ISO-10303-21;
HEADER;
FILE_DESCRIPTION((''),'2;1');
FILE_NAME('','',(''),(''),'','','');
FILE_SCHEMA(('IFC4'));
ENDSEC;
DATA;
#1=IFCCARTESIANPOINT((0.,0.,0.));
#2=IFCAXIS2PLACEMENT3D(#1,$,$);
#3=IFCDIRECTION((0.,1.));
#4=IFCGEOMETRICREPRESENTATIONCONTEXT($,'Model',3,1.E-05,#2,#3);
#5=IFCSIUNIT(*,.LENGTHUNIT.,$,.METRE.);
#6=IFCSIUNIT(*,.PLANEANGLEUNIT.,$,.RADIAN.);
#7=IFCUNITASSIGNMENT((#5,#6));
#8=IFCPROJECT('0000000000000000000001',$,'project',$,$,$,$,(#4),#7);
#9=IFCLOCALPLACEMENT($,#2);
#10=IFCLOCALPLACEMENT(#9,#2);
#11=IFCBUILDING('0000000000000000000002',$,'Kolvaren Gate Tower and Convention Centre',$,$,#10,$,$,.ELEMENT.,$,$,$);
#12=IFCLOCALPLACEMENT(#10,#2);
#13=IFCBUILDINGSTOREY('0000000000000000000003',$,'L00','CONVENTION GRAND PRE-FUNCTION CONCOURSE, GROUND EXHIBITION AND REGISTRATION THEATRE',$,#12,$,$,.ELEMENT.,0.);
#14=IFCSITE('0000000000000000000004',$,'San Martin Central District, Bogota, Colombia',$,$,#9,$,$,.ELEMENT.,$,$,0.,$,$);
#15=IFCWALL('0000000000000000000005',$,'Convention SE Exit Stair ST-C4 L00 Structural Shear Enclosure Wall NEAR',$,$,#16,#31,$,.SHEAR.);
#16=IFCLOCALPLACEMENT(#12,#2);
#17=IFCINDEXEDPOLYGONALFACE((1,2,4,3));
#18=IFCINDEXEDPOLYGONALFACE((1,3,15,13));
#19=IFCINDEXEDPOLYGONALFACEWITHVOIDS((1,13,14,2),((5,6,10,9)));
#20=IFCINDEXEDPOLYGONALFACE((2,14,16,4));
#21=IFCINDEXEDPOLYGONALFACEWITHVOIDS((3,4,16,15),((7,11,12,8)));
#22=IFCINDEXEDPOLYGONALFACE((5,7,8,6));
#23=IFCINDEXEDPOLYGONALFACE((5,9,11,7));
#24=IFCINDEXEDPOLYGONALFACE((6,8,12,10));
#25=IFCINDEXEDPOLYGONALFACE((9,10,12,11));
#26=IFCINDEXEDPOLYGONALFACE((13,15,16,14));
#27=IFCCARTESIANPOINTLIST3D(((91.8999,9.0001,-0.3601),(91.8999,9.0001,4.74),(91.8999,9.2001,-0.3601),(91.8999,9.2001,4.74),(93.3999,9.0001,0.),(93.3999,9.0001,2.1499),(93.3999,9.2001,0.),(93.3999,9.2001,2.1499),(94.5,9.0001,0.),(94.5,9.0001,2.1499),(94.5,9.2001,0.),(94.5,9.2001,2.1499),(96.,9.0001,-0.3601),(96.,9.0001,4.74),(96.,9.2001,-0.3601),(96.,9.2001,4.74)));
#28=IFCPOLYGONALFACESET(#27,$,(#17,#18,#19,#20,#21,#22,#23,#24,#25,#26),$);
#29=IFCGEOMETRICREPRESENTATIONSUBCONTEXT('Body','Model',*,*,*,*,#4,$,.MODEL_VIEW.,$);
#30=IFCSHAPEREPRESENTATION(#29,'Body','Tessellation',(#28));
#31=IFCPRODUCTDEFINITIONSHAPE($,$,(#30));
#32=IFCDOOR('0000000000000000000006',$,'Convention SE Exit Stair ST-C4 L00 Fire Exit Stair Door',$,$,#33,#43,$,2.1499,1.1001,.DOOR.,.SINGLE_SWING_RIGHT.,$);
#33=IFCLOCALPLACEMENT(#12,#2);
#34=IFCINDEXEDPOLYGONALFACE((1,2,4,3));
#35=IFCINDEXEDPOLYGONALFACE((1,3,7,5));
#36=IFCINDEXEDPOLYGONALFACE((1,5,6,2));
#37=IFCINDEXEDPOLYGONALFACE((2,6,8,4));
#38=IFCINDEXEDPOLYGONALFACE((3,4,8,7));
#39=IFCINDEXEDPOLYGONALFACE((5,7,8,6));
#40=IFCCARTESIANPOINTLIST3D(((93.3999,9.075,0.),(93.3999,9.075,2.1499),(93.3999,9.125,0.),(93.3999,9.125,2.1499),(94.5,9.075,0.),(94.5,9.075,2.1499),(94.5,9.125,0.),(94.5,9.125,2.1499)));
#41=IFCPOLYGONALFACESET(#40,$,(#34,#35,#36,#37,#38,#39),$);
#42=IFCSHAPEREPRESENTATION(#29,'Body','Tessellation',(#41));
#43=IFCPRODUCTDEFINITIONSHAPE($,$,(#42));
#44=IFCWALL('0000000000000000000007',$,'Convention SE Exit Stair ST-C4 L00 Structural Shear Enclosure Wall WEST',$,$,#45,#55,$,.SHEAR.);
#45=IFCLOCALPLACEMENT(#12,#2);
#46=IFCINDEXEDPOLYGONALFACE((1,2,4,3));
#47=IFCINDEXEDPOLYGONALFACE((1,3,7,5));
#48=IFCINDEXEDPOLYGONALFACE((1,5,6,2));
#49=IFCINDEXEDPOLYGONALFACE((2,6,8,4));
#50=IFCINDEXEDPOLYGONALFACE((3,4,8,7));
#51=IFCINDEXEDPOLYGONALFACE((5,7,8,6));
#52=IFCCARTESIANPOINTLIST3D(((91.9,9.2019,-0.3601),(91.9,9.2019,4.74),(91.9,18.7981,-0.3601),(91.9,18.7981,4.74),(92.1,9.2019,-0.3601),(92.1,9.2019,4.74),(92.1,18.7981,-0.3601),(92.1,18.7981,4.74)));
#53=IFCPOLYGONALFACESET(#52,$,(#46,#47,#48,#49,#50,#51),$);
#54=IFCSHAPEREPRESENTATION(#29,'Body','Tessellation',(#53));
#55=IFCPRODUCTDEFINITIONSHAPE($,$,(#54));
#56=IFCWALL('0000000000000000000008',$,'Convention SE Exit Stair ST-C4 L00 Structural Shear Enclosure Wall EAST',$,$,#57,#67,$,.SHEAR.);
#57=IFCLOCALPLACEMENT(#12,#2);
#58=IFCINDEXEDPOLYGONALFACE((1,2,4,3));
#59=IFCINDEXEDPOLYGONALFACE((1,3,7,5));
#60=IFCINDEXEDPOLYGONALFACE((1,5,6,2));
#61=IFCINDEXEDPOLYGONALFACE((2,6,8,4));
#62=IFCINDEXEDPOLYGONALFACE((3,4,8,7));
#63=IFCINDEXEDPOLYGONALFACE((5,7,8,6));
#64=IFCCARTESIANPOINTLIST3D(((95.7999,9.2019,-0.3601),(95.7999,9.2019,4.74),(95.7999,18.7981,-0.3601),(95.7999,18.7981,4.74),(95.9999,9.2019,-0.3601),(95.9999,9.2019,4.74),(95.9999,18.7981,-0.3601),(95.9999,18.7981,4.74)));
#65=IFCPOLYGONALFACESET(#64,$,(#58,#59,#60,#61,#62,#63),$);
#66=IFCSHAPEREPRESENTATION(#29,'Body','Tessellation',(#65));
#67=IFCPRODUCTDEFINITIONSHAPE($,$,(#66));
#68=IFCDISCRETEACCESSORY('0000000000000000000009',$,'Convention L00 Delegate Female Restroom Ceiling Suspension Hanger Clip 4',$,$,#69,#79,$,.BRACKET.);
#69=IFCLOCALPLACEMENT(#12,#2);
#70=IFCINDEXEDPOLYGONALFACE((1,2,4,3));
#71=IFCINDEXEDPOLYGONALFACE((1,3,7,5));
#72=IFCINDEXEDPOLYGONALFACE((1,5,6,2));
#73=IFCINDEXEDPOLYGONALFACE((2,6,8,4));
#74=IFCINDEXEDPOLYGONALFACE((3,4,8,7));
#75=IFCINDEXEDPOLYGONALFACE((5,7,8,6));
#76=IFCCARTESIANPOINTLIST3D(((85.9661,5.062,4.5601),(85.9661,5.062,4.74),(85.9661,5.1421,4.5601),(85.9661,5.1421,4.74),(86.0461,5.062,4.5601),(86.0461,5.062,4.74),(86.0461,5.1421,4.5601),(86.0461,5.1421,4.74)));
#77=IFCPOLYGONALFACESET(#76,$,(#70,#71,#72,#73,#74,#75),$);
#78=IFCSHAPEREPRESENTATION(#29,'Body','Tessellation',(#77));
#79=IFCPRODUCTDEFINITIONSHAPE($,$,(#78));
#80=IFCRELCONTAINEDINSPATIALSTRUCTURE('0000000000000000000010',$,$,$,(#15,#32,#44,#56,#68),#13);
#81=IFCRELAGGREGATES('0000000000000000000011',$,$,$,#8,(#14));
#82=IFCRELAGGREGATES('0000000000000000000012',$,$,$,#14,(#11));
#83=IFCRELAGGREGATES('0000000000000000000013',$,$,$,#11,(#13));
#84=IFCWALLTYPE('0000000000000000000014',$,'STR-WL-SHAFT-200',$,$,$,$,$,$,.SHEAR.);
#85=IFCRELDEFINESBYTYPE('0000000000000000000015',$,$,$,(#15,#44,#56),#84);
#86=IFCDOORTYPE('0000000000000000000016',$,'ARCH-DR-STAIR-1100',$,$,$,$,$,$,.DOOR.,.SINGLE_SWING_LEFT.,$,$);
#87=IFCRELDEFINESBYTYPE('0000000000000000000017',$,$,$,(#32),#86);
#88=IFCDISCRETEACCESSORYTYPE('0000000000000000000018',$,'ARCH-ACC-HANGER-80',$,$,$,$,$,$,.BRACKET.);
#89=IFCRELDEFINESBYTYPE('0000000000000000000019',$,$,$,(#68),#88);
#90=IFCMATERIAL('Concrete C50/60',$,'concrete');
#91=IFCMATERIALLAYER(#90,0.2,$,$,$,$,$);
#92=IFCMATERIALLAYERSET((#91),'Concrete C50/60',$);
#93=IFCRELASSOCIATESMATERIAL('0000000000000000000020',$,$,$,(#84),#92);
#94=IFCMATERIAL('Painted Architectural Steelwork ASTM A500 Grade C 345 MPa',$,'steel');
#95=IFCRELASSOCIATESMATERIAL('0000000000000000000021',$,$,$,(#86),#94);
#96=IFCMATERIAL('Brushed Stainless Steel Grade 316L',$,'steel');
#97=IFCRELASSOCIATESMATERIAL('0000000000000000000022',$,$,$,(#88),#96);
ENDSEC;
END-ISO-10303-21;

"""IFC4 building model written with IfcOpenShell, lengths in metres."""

from ifc_helpers import new_model, si_unit, direction, frame, frame_2d, origin, origin_2d, place, context, subcontext, project, spatial, rectangle, extrude, material, layer, layer_set, type_object, element, fill, save


model = new_model("IFC4")

# Units and contexts
model_context = context("Model", 3, precision=1e-05, world=origin(), true_north=direction((0.0, 1.0)))
body_context = subcontext(model_context, "Body", "Model", "MODEL_VIEW")
ifc_project = project(units=[si_unit("LENGTHUNIT", "METRE"), si_unit("PLANEANGLEUNIT", "RADIAN")], contexts=[model_context])

# Site, building, storey
site_placement = place(None, origin())
site = spatial("IfcSite", under=ifc_project, at=site_placement, Name="San Martin Central District, Bogota, Colombia", CompositionType="ELEMENT", RefElevation=0.0)
building_placement = place(site_placement, origin())
building = spatial("IfcBuilding", under=site, at=building_placement, Name="Kolvaren Gate Tower and Convention Centre", CompositionType="ELEMENT")
storey_placement = place(building_placement, origin())
storey = spatial("IfcBuildingStorey", under=building, at=storey_placement, Name="L00", Description="CONVENTION GRAND PRE-FUNCTION CONCOURSE, GROUND EXHIBITION AND REGISTRATION THEATRE", CompositionType="ELEMENT", Elevation=0.0)

# Shared definitions
ifc_material_1 = material(Name="Concrete C50/60", Category="concrete")

# Wall, opening, door
ifc_layer_1 = layer(ifc_material_1, 0.2)
ifc_layer_set_1 = layer_set([ifc_layer_1], Name="Concrete C50/60")
wall_type_1 = type_object("IfcWallType", Name="STR-WL-SHAFT-200", PredefinedType="SHEAR", material=ifc_layer_set_1)
wall_1_placement = place(storey_placement, frame((91.8999, 9.1001, -0.3601), z_axis=(0.0, 0.0, 1.0), x_axis=(1.0, 0.0, 0.0)))
wall_1 = element("IfcWall", 1, at=wall_1_placement, inside=storey, type_object=wall_type_1, Name="Convention SE Exit Stair ST-C4 L00 Structural Shear Enclosure Wall NEAR", PredefinedType="SHEAR", context=body_context, shape_type="SweptSolid", body=[
    extrude(rectangle(XDim=4.1001, YDim=0.2, at=frame_2d((2.05, 0.0))), origin(), (0.0, 0.0, 1.0), 5.1001),
])
opening_1_placement = place(wall_1_placement, frame((1.5, 0.0, 0.3601)))
opening_1 = element("IfcOpeningElement", 2, at=opening_1_placement, cuts=wall_1, PredefinedType="OPENING", context=body_context, shape_type="SweptSolid", body=[
    extrude(rectangle(XDim=1.1001, YDim=2.1499, at=frame_2d((0.55, 1.075))), frame((0.0, 0.1099, 0.0), z_axis=(0.0, -1.0, 0.0), x_axis=(1.0, 0.0, 0.0)), (0.0, 0.0, 1.0), 0.22),
])
ifc_material_2 = material(Name="Painted Architectural Steelwork ASTM A500 Grade C 345 MPa", Category="steel")
door_type_1 = type_object("IfcDoorType", Name="ARCH-DR-STAIR-1100", OperationType="SINGLE_SWING_LEFT", PredefinedType="DOOR", material=ifc_material_2)
door_1_placement = place(opening_1_placement, origin())
door_1 = element("IfcDoor", 3, at=door_1_placement, inside=storey, type_object=door_type_1, Name="Convention SE Exit Stair ST-C4 L00 Fire Exit Stair Door", OperationType="SINGLE_SWING_RIGHT", OverallHeight=2.1499, OverallWidth=1.1001, PredefinedType="DOOR", context=body_context, shape_type="SweptSolid", body=[
    extrude(rectangle(XDim=1.1001, YDim=2.1499, at=frame_2d((0.55, 1.075))), frame((0.0, 0.0249, 0.0), z_axis=(0.0, -1.0, 0.0), x_axis=(1.0, 0.0, 0.0)), (0.0, 0.0, 1.0), 0.05),
])
fill(opening_1, door_1)

# Walls
for number, where, z_axis, x_axis, name in (
    (4, (92.0, 9.2019, -0.3601), (0.0, 0.0, 1.0), (0.0, 1.0, 0.0), "Convention SE Exit Stair ST-C4 L00 Structural Shear Enclosure Wall WEST"),
    (5, (95.8999, 9.2019, -0.3601), (0.0, 0.0, 1.0), (0.0, 1.0, 0.0), "Convention SE Exit Stair ST-C4 L00 Structural Shear Enclosure Wall EAST"),
):
    element("IfcWall", number, at=place(storey_placement, frame(where, z_axis=z_axis, x_axis=x_axis)), inside=storey, type_object=wall_type_1, Name=name, PredefinedType="SHEAR", context=body_context, shape_type="SweptSolid", body=[
        extrude(rectangle(XDim=9.5962, YDim=0.2, at=frame_2d((4.7981, 0.0))), origin(), (0.0, 0.0, 1.0), 5.1001),
    ])

# Discrete accessory
ifc_material_3 = material(Name="Brushed Stainless Steel Grade 316L", Category="steel")
discrete_accessory_type = type_object("IfcDiscreteAccessoryType", Name="ARCH-ACC-HANGER-80", PredefinedType="BRACKET", material=ifc_material_3)
discrete_accessory_placement = place(storey_placement, frame((86.0061, 5.1021, 4.5601), z_axis=(0.0, 0.0, 1.0), x_axis=(1.0, 0.0, 0.0)))
element("IfcDiscreteAccessory", 6, at=discrete_accessory_placement, inside=storey, type_object=discrete_accessory_type, Name="Convention L00 Delegate Female Restroom Ceiling Suspension Hanger Clip 4", PredefinedType="BRACKET", context=body_context, shape_type="SweptSolid", body=[
    extrude(rectangle(XDim=0.0801, YDim=0.0801, at=origin_2d()), origin(), (0.0, 0.0, 1.0), 0.1799),
])

save(model, "model.ifc")
